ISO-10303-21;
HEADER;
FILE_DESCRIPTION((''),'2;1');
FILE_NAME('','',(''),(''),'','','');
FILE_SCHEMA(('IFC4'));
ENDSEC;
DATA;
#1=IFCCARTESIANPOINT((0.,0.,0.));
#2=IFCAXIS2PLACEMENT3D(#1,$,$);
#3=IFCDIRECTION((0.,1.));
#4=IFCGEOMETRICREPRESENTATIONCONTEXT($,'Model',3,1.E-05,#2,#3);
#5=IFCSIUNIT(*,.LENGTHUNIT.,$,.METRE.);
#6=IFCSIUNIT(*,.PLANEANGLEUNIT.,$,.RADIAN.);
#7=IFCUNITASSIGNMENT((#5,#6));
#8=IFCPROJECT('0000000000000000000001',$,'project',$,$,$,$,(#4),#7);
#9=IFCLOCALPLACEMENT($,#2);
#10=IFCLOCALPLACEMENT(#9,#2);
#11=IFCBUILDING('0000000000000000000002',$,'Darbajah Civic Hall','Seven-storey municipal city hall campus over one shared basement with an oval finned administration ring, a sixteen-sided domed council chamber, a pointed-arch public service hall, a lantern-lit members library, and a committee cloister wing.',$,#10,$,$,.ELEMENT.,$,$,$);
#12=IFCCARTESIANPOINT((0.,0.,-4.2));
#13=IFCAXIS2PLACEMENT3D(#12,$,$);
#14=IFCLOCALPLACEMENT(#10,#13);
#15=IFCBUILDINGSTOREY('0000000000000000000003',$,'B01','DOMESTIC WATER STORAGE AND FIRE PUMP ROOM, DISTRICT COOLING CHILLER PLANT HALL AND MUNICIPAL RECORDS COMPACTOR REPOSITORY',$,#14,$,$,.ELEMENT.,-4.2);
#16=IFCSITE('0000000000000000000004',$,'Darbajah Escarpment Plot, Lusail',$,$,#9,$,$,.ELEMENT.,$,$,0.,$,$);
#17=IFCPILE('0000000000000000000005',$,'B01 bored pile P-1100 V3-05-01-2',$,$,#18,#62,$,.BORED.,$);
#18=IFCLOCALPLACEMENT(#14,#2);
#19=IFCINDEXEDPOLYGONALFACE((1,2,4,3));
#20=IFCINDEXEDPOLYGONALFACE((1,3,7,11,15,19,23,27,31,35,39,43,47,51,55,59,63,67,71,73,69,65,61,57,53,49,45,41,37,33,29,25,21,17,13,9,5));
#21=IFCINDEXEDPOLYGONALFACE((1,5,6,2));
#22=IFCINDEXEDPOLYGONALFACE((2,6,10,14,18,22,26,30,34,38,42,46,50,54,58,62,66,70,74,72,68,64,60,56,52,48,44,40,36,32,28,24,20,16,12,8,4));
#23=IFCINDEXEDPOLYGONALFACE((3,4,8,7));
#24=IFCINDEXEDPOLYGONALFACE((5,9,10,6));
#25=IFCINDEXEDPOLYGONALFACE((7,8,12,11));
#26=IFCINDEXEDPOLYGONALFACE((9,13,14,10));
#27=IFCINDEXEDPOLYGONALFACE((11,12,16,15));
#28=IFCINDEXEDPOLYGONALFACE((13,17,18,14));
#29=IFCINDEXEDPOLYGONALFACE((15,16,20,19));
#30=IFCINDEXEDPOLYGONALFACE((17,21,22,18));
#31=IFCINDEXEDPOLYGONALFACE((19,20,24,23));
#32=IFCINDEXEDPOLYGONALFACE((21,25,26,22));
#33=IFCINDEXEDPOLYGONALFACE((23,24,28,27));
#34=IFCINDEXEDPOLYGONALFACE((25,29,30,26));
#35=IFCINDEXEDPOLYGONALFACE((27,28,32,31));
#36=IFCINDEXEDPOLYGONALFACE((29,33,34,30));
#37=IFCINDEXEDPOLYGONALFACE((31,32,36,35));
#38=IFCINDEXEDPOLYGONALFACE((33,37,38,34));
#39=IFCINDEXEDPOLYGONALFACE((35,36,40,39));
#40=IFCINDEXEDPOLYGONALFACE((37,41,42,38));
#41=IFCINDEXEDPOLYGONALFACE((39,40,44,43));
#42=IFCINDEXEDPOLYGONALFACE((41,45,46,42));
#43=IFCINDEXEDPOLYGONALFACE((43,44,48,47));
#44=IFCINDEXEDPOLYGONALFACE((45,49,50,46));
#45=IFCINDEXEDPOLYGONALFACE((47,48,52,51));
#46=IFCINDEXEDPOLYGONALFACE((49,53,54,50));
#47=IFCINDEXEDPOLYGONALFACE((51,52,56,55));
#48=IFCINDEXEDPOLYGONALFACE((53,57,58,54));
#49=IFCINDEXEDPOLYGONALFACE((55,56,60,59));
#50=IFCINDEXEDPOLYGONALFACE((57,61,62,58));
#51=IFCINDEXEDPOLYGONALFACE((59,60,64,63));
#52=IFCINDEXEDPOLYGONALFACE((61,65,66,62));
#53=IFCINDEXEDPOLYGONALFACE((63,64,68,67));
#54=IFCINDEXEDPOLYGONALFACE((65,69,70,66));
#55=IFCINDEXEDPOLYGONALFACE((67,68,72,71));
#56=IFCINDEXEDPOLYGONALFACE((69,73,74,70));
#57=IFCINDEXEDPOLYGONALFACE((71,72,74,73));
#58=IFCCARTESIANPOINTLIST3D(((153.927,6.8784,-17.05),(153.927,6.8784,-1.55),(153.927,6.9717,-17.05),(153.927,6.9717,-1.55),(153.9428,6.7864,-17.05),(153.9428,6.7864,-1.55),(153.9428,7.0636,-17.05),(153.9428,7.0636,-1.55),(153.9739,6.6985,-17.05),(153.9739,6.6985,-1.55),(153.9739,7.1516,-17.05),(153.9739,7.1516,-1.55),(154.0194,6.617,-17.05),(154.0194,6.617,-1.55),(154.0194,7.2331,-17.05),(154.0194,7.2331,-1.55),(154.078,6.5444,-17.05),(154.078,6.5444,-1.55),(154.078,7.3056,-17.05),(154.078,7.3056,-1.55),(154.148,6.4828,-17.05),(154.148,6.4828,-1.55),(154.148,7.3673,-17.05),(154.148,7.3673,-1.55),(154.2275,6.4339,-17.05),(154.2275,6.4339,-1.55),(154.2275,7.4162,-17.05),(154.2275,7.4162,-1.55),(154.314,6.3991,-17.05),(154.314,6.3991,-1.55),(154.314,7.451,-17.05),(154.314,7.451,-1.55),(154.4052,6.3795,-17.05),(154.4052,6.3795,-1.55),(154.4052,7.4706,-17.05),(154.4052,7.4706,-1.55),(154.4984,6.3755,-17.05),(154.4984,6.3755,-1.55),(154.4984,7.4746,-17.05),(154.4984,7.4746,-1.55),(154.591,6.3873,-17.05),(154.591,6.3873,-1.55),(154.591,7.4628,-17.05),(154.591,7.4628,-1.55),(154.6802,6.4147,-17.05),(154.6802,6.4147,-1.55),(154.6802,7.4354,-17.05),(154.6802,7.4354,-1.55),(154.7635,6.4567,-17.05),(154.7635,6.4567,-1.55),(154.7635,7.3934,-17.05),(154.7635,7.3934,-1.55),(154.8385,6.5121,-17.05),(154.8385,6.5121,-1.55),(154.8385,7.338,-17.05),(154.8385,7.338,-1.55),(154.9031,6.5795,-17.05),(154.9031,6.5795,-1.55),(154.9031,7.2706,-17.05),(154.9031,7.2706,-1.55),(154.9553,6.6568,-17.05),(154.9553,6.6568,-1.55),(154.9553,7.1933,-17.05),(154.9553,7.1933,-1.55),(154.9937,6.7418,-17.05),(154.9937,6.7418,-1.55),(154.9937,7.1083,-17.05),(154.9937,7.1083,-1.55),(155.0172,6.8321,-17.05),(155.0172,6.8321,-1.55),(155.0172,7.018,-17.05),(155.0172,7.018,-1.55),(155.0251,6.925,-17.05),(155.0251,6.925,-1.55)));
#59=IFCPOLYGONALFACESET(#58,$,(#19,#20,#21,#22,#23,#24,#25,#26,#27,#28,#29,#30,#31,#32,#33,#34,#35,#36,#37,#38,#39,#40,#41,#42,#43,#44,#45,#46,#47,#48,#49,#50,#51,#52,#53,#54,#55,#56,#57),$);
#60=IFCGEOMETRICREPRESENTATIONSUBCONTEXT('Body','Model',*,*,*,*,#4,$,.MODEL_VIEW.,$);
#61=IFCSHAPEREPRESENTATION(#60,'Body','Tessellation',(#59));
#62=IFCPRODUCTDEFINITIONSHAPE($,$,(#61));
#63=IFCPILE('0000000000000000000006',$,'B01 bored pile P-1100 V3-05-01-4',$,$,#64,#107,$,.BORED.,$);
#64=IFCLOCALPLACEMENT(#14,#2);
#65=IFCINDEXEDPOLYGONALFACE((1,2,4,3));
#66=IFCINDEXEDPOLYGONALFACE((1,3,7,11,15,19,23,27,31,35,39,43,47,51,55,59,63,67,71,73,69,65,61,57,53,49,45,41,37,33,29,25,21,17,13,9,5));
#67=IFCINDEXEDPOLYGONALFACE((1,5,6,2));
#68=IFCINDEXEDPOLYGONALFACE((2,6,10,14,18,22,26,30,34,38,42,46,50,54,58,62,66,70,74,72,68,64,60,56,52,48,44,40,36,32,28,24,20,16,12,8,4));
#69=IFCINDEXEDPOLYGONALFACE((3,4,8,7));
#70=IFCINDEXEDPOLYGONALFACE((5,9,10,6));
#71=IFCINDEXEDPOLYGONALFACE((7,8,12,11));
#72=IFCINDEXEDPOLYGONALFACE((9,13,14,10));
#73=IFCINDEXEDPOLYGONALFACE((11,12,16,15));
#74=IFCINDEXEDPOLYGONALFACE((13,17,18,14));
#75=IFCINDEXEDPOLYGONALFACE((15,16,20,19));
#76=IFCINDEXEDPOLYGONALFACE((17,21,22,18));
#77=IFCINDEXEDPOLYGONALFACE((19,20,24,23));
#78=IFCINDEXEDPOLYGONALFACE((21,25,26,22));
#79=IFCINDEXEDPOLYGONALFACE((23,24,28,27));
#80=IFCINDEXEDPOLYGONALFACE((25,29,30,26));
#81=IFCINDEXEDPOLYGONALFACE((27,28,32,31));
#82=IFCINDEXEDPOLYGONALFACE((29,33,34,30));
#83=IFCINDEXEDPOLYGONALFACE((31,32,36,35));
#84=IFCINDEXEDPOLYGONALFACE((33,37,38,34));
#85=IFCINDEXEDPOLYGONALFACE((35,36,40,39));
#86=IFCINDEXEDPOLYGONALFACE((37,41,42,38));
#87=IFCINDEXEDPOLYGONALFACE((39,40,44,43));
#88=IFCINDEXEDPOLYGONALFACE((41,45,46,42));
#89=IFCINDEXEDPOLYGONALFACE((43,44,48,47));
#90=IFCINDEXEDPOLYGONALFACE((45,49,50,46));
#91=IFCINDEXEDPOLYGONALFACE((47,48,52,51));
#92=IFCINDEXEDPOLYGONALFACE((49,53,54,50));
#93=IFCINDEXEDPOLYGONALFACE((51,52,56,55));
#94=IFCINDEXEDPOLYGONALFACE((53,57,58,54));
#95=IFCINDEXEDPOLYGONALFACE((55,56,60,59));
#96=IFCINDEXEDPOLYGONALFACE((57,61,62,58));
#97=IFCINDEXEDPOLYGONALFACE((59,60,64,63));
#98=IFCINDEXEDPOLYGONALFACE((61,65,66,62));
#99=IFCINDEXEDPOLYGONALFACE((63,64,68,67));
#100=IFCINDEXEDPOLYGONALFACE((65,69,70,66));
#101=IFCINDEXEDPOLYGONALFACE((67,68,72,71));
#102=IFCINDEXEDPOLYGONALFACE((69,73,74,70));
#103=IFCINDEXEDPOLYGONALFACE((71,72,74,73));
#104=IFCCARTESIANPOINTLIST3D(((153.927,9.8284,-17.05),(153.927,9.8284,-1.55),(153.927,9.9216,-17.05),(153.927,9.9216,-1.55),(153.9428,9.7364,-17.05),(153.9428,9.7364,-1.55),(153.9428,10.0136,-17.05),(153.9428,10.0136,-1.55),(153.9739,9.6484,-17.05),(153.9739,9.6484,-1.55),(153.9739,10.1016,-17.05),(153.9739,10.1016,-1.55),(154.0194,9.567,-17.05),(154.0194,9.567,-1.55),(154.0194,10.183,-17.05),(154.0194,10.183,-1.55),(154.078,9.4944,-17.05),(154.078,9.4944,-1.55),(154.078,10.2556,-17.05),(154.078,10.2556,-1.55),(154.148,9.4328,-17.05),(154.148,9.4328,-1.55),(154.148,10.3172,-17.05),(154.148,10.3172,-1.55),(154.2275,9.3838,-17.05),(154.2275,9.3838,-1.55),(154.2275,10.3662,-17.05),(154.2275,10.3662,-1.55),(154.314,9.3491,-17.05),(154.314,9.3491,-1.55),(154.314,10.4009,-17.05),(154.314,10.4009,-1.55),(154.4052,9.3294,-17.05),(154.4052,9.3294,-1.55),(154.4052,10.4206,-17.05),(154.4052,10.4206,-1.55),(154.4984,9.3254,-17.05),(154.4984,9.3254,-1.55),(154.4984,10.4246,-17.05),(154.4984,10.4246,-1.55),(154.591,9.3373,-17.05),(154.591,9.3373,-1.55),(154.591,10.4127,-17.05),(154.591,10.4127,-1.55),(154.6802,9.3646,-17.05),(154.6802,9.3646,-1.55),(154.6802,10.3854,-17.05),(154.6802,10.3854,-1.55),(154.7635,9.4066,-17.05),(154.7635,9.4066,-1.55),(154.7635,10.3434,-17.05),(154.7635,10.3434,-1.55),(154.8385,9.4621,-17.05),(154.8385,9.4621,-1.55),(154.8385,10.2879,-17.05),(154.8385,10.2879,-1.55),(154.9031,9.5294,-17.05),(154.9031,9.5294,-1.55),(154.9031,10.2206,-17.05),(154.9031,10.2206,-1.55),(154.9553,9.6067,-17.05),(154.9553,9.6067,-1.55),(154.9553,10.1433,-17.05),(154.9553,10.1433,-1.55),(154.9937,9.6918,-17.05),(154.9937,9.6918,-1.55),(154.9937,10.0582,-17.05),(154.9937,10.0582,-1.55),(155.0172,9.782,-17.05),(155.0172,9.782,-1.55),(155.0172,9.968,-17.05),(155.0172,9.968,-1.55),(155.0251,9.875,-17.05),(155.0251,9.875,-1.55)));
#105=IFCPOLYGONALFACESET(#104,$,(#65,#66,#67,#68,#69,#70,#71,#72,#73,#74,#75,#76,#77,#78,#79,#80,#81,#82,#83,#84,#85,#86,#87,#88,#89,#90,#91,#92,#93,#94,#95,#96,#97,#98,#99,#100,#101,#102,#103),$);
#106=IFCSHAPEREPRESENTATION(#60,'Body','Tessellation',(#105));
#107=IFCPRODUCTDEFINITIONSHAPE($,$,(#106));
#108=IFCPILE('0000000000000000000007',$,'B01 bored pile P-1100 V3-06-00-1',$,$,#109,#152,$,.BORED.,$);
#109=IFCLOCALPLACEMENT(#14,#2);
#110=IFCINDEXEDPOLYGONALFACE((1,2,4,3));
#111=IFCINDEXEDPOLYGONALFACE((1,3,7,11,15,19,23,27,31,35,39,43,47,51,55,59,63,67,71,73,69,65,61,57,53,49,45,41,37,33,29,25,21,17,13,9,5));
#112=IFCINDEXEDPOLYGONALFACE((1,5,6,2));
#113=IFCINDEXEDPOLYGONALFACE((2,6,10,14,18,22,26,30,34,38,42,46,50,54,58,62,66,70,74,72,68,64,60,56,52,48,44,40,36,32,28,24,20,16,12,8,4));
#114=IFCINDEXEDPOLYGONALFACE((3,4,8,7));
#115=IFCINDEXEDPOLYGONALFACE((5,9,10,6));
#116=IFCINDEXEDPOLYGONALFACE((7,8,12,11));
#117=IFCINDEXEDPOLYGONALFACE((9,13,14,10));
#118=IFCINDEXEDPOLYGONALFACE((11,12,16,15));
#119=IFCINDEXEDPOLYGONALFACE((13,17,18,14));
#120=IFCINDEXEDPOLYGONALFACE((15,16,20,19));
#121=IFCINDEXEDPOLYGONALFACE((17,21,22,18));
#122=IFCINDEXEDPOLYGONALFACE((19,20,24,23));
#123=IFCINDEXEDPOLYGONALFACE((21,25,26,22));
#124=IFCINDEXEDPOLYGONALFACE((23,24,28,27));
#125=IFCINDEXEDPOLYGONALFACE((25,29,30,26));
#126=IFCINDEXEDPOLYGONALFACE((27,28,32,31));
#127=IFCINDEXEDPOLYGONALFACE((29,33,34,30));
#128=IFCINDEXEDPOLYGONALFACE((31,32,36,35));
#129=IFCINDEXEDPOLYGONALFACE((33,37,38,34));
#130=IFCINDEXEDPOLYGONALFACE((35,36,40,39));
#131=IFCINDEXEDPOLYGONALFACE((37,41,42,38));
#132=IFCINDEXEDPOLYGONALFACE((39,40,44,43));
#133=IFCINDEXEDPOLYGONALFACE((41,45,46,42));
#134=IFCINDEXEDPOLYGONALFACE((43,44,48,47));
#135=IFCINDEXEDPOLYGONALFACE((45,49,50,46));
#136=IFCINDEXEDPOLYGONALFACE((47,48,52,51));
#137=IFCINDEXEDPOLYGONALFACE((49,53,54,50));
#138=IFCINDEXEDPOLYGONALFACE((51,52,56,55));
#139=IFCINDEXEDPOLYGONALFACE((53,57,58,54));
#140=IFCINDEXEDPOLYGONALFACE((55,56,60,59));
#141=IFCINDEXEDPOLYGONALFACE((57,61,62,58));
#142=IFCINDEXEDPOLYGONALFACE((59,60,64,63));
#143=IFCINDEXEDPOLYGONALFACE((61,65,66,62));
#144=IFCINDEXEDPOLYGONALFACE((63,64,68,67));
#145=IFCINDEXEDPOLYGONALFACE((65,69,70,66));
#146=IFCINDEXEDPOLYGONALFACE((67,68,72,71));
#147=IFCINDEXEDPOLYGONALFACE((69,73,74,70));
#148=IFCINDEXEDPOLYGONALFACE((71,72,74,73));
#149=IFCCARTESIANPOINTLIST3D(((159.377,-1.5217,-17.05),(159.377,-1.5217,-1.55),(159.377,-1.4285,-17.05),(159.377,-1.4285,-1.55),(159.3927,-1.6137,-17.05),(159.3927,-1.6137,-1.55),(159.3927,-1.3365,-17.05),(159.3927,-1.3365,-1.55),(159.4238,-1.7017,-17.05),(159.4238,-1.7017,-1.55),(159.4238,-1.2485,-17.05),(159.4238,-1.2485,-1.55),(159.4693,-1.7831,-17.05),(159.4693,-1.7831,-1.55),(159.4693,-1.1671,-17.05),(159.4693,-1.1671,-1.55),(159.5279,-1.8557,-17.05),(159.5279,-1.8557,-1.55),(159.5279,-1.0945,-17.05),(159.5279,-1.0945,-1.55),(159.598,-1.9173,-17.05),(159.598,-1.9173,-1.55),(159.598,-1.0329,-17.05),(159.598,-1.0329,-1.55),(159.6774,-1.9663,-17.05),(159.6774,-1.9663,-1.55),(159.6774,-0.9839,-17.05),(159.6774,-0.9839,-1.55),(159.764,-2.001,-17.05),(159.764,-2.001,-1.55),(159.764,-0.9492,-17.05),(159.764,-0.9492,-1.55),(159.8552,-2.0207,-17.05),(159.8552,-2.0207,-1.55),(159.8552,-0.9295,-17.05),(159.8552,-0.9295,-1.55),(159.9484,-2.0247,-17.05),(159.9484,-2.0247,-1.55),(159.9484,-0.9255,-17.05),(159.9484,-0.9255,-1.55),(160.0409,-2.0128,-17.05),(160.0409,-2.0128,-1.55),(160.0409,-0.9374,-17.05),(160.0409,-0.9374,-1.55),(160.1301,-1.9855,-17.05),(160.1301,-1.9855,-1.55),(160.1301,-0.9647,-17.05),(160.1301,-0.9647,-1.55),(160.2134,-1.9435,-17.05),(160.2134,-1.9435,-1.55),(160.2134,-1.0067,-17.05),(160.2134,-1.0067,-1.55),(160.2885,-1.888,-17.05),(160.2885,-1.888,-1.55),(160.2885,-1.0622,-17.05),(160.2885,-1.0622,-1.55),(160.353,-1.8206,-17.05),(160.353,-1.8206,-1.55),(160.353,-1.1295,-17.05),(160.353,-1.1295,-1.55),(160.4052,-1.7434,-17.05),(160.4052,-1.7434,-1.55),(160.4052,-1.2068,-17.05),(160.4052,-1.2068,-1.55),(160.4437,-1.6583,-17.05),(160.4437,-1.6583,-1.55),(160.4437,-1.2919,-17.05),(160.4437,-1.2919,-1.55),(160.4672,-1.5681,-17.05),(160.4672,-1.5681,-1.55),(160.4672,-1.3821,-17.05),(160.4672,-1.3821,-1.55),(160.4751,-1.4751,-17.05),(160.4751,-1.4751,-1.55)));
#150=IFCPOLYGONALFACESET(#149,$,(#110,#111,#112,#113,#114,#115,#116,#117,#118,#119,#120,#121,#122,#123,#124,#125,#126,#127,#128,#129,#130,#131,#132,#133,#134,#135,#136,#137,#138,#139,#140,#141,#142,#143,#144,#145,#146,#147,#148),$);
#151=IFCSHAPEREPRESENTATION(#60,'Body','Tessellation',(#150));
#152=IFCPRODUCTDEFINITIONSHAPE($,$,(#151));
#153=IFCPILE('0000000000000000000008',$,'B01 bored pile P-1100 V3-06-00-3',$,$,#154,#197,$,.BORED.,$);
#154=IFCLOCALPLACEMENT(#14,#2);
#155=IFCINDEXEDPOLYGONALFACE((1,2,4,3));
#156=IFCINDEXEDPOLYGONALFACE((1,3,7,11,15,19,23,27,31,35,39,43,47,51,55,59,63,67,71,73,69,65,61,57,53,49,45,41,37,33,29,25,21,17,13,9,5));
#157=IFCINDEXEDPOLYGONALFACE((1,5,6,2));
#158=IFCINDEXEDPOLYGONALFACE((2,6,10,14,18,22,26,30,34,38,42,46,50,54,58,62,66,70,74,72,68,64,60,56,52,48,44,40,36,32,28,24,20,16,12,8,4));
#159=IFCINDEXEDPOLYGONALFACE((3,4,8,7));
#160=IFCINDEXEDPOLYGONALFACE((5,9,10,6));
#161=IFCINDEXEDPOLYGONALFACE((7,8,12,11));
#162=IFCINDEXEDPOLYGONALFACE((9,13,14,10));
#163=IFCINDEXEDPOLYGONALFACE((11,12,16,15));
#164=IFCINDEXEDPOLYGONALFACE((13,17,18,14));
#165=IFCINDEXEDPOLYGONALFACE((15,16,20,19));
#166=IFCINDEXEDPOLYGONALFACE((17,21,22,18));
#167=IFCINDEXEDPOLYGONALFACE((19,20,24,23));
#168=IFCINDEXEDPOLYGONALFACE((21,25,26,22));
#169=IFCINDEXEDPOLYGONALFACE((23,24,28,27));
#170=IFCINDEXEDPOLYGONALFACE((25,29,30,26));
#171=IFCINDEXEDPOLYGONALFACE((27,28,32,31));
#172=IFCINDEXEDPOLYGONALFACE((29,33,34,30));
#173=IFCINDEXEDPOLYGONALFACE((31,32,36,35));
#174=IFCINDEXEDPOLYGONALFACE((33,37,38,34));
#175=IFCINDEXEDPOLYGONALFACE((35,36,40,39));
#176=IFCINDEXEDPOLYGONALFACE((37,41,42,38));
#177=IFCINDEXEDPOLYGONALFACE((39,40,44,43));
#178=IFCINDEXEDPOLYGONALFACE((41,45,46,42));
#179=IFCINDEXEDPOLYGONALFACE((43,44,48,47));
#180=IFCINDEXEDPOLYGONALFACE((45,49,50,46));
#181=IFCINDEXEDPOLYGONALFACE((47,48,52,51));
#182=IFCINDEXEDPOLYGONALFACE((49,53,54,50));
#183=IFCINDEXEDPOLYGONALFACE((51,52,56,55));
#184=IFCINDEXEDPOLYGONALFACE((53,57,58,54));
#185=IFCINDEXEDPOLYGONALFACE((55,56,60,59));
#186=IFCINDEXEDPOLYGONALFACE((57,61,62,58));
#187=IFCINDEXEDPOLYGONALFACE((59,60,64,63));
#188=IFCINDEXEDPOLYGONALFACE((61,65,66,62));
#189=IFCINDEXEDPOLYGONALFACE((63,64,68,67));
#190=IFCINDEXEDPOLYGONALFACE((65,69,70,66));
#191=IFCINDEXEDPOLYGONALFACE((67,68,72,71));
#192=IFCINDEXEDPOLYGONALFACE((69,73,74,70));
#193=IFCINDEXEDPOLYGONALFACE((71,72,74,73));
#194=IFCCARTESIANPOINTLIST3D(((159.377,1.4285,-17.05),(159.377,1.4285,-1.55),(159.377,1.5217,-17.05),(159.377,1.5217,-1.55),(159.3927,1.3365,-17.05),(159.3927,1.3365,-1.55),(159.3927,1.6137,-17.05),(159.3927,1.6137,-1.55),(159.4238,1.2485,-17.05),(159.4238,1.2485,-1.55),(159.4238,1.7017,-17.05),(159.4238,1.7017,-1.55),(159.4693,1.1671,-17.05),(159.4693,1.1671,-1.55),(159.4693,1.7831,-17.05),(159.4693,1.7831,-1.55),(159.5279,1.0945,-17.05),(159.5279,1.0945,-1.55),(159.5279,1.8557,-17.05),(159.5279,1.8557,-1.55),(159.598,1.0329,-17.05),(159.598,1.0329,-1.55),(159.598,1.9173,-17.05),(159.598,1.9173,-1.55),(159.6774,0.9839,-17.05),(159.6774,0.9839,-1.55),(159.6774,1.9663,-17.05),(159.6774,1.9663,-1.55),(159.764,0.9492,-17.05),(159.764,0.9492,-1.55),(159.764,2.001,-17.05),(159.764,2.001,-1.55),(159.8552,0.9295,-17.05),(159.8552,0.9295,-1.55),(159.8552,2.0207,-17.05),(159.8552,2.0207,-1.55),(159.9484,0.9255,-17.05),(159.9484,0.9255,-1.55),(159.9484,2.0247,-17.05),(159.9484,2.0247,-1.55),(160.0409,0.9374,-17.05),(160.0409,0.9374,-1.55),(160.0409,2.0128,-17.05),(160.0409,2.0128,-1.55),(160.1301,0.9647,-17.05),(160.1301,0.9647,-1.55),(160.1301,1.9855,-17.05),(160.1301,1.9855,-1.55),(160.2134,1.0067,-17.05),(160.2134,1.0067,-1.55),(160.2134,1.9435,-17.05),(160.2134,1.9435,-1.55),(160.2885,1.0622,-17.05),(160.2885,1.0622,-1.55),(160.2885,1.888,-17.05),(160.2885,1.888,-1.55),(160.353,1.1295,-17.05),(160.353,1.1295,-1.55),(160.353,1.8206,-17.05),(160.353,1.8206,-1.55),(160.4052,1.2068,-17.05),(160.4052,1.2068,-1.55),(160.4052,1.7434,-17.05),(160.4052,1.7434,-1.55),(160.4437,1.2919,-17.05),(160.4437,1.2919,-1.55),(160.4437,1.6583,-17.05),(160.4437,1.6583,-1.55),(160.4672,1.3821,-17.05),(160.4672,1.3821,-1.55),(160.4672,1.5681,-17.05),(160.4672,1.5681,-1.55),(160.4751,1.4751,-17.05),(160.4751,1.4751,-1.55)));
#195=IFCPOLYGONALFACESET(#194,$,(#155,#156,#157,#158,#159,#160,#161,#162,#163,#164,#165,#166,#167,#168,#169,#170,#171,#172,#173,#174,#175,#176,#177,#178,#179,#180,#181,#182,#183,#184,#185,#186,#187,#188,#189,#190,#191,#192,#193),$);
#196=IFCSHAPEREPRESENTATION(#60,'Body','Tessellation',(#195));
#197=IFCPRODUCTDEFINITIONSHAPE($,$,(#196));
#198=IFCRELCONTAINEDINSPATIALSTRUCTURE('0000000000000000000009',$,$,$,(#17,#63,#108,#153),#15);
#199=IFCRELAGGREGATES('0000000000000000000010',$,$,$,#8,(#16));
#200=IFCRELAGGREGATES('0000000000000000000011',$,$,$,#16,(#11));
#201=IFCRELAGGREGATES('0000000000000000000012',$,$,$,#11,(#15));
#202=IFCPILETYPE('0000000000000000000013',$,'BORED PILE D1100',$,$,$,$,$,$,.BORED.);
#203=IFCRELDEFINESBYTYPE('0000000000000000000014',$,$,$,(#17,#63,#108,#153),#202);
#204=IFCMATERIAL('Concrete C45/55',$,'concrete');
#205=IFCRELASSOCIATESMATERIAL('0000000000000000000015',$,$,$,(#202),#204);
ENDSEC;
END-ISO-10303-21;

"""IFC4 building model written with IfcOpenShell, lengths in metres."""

from ifc_helpers import new_model, si_unit, direction, frame, origin, origin_2d, place, context, subcontext, project, spatial, circle, extrude, material, material_profile, profile_set, type_object, element, save


model = new_model("IFC4")

# Units and contexts
model_context = context("Model", 3, precision=1e-05, world=origin(), true_north=direction((0.0, 1.0)))
body_context = subcontext(model_context, "Body", "Model", "MODEL_VIEW")
ifc_project = project(units=[si_unit("LENGTHUNIT", "METRE"), si_unit("PLANEANGLEUNIT", "RADIAN")], contexts=[model_context])

# Site, building, storey
site_placement = place(None, origin())
site = spatial("IfcSite", under=ifc_project, at=site_placement, Name="Darbajah Escarpment Plot, Lusail", CompositionType="ELEMENT", RefElevation=0.0)
building_placement = place(site_placement, origin())
building = spatial("IfcBuilding", under=site, at=building_placement, Name="Darbajah Civic Hall", Description="Seven-storey municipal city hall campus over one shared basement with an oval finned administration ring, a sixteen-sided domed council chamber, a pointed-arch public service hall, a lantern-lit members library, and a committee cloister wing.", CompositionType="ELEMENT")
storey_placement = place(building_placement, frame((0.0, 0.0, -4.2)))
storey = spatial("IfcBuildingStorey", under=building, at=storey_placement, Name="B01", Description="DOMESTIC WATER STORAGE AND FIRE PUMP ROOM, DISTRICT COOLING CHILLER PLANT HALL AND MUNICIPAL RECORDS COMPACTOR REPOSITORY", CompositionType="ELEMENT", Elevation=-4.2)

# Piles
ifc_material_1 = material(Name="Concrete C45/55", Category="concrete")
ifc_material_profile_1 = material_profile(ifc_material_1, circle(Radius=0.55, at=origin_2d()), Name="BORED PILE D1100")
ifc_profile_set_1 = profile_set([ifc_material_profile_1], Name="Concrete C45/55")
pile_type_1 = type_object("IfcPileType", Name="BORED PILE D1100", PredefinedType="BORED", material=ifc_profile_set_1)
for number, where, z_axis, x_axis, name in (
    (1, (154.4751, 6.925, -1.55), (0.0, 0.0, -1.0), (1.0, 0.0, 0.0), "B01 bored pile P-1100 V3-05-01-2"),
    (2, (154.4751, 9.875, -1.55), (0.0, 0.0, -1.0), (1.0, 0.0, 0.0), "B01 bored pile P-1100 V3-05-01-4"),
    (3, (159.925, -1.4751, -1.55), (0.0, 0.0, -1.0), (1.0, 0.0, 0.0), "B01 bored pile P-1100 V3-06-00-1"),
    (4, (159.925, 1.4751, -1.55), (0.0, 0.0, -1.0), (1.0, 0.0, 0.0), "B01 bored pile P-1100 V3-06-00-3"),
):
    element("IfcPile", number, at=place(storey_placement, frame(where, z_axis=z_axis, x_axis=x_axis)), inside=storey, type_object=pile_type_1, Name=name, PredefinedType="BORED", context=body_context, shape_type="SweptSolid", body=[
        extrude(circle(Radius=0.55, at=origin_2d()), origin(), (0.0, 0.0, 1.0), 15.5),
    ])

save(model, "model.ifc")
